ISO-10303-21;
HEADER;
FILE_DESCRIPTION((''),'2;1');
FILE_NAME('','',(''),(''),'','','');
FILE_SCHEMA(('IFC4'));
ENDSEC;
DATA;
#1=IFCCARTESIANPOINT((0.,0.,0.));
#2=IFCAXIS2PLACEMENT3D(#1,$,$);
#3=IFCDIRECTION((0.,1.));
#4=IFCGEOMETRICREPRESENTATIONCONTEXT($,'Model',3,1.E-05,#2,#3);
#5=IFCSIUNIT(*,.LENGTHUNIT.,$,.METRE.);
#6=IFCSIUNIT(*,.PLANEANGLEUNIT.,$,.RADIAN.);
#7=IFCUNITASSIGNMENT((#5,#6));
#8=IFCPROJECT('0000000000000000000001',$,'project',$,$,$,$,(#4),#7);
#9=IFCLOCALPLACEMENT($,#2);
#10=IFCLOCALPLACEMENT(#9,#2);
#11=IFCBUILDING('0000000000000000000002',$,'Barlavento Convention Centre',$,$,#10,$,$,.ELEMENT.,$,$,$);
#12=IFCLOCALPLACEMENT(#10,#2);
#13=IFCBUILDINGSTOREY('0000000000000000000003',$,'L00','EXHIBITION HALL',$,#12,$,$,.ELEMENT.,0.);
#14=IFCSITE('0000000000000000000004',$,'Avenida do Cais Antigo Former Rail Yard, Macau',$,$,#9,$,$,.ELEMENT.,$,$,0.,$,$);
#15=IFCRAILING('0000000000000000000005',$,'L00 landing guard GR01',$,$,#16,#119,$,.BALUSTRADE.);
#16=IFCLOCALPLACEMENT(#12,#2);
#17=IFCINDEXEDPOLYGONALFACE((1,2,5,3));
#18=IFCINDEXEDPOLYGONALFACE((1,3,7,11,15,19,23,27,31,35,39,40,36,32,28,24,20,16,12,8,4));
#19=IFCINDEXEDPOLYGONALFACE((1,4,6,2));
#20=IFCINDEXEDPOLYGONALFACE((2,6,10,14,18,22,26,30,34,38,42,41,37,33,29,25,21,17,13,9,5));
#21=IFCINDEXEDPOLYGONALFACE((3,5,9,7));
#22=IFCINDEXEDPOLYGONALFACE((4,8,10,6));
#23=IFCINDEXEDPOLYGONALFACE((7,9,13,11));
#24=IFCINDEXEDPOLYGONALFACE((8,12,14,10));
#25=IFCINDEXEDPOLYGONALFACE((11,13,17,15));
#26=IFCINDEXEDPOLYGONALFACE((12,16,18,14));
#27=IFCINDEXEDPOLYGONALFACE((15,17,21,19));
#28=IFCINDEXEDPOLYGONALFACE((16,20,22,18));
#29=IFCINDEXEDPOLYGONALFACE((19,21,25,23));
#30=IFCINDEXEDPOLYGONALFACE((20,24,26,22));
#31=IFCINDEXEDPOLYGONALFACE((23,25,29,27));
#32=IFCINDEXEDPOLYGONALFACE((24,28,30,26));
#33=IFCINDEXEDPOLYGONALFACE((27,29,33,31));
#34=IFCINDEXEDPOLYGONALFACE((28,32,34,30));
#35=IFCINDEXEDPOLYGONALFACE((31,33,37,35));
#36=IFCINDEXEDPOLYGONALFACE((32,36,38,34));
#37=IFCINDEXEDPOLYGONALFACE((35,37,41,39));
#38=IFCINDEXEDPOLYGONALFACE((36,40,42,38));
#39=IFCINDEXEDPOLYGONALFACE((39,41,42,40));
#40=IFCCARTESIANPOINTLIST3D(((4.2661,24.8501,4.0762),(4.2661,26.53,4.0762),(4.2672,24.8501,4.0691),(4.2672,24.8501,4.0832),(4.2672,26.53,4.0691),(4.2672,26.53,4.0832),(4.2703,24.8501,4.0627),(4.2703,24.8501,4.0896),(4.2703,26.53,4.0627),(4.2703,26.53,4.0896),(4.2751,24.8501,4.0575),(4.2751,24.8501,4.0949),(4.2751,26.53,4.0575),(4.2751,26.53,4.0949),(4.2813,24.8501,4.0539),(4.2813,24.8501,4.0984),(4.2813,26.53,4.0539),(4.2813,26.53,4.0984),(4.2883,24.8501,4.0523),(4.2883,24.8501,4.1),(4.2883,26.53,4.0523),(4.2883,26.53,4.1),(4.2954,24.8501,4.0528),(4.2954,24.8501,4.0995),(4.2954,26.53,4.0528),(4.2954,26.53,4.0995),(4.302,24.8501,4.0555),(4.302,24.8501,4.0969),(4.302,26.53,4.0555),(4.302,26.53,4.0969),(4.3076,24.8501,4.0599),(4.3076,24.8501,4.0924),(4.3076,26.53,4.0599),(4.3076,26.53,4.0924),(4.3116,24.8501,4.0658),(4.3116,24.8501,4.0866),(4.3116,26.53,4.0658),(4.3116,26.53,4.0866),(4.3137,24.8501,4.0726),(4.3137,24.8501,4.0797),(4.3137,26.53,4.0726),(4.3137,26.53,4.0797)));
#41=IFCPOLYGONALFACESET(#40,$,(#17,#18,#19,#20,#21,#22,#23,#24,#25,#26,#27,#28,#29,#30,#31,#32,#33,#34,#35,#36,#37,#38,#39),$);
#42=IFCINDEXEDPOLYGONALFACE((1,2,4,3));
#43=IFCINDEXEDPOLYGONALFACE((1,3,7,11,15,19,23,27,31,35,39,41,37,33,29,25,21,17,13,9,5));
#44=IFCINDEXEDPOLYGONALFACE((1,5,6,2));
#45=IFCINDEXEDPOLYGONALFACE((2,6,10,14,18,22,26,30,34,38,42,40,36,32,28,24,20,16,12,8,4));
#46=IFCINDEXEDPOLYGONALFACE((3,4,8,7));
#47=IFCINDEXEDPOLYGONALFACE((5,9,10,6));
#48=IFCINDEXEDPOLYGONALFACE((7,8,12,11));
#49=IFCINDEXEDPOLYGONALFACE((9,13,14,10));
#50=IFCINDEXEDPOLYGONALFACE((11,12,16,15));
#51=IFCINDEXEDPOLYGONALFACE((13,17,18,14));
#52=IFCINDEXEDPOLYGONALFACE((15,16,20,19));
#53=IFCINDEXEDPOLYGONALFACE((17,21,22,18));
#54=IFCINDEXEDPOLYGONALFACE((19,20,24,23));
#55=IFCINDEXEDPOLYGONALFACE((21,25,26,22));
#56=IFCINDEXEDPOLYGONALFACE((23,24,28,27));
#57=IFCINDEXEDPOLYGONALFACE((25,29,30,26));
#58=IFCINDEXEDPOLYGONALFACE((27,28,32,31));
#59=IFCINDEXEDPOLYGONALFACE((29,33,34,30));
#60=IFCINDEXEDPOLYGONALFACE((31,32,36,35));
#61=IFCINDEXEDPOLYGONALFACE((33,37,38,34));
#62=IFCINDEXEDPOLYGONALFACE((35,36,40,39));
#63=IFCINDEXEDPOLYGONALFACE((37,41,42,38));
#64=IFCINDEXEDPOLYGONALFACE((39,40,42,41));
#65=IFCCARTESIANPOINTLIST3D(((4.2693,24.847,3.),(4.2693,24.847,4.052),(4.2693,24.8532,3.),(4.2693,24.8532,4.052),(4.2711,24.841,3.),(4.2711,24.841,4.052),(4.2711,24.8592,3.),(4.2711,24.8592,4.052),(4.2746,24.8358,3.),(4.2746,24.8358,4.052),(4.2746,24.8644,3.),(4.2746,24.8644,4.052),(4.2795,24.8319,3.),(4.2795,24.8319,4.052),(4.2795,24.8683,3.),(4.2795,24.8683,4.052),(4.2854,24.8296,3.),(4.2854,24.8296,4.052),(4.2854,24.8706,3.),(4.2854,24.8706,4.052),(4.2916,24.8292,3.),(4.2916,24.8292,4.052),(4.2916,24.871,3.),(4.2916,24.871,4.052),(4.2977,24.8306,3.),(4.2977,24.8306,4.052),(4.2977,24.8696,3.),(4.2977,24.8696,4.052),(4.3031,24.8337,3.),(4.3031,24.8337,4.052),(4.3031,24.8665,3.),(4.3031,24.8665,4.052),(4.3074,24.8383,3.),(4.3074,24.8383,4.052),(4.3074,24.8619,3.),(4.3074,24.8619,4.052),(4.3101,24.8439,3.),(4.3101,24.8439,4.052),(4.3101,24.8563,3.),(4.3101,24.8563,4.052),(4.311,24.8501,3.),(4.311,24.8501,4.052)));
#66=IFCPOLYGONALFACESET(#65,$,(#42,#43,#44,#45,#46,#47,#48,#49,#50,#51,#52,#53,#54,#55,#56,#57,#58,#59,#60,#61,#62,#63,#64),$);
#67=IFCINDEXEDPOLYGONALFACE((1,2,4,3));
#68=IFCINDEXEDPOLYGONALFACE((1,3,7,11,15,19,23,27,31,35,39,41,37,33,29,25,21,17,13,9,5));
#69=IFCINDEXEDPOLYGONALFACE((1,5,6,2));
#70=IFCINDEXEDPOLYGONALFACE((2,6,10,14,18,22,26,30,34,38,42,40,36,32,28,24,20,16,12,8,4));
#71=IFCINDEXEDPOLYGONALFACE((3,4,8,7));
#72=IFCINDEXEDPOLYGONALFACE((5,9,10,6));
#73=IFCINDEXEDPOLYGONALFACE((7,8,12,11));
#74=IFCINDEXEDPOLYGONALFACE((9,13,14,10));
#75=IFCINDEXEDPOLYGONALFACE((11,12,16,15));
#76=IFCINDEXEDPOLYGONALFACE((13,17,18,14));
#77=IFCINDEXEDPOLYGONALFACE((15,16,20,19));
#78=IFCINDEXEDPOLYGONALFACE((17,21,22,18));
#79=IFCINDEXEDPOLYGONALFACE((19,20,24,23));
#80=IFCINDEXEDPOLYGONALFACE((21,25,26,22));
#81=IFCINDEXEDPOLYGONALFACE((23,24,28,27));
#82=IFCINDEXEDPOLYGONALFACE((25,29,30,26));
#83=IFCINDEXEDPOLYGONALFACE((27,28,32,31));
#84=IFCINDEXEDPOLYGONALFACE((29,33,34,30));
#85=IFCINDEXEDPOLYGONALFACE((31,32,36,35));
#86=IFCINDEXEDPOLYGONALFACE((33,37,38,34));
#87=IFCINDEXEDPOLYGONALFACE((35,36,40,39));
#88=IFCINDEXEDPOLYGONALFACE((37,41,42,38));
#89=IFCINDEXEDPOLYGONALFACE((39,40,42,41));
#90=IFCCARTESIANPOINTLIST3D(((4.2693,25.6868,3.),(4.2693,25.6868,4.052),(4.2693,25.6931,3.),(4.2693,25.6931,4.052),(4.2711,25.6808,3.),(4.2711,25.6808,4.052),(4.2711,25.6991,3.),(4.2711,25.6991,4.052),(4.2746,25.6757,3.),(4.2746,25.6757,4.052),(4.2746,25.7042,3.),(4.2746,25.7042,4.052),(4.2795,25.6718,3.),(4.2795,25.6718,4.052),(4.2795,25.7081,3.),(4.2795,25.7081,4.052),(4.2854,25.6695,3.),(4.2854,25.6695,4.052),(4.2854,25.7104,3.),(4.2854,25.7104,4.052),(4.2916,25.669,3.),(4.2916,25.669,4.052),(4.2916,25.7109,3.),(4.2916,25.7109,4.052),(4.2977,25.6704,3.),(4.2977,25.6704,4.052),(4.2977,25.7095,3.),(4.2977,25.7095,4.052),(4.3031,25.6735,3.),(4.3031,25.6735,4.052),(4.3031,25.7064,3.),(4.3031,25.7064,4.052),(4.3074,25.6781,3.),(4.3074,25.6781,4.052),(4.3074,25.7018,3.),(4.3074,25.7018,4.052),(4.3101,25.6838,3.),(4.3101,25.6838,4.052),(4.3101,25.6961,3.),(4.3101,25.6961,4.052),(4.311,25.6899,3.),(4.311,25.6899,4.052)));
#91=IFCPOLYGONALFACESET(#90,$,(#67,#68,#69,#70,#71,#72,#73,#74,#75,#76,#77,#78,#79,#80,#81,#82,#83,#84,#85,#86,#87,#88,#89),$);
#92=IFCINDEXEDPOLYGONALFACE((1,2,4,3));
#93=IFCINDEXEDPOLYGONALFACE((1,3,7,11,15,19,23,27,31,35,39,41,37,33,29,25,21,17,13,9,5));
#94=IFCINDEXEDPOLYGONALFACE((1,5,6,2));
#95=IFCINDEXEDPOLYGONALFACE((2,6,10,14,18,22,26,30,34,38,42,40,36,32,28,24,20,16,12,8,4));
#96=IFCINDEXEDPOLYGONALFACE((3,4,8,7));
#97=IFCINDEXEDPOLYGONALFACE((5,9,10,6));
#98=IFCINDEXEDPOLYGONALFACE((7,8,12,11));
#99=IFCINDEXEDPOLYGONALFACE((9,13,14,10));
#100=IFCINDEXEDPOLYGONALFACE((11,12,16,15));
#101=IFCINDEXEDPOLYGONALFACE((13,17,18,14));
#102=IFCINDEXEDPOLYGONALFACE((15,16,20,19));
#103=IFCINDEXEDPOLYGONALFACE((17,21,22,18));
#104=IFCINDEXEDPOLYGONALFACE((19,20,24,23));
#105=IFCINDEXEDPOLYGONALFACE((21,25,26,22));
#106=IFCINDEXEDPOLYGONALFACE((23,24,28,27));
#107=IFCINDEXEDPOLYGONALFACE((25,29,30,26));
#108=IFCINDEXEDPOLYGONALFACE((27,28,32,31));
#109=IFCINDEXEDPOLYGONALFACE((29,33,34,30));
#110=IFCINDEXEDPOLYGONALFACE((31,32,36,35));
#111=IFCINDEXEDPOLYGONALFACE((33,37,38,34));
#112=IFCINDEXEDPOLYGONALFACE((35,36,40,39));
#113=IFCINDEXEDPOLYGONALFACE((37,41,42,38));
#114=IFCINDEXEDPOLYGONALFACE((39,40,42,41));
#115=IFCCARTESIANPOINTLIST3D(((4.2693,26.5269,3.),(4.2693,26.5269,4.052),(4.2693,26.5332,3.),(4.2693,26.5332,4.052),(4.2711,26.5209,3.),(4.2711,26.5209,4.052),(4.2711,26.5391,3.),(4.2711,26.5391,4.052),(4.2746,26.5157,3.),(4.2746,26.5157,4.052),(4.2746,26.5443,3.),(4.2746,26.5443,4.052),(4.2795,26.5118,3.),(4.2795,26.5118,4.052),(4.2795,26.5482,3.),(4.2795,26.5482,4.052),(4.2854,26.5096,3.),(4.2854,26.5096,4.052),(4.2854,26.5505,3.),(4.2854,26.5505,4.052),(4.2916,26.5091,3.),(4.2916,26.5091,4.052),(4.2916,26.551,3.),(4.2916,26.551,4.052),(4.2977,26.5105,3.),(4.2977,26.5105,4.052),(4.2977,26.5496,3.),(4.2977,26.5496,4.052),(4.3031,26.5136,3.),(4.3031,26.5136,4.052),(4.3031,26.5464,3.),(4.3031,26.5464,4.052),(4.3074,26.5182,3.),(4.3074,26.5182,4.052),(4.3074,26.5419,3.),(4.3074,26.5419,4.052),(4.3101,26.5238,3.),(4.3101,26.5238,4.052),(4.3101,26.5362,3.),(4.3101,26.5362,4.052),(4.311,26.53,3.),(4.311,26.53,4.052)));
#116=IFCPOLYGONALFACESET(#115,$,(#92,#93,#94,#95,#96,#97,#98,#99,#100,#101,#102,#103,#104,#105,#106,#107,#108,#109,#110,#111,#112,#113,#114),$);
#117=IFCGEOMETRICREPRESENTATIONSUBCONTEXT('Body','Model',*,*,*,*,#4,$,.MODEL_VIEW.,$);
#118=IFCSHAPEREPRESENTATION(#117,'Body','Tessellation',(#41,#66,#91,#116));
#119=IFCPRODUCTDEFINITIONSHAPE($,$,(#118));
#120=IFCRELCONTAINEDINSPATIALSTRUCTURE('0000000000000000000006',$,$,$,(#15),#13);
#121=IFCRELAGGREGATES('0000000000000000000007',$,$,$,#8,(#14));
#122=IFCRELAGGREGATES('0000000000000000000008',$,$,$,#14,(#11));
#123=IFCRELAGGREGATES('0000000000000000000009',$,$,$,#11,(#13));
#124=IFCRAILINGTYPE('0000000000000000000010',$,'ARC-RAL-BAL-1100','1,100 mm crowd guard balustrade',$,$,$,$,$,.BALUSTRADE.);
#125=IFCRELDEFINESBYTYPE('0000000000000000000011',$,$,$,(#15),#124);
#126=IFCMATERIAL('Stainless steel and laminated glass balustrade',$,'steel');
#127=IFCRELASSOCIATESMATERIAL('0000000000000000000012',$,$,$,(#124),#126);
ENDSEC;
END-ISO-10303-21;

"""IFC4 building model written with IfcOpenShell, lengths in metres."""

from ifc_helpers import new_model, si_unit, direction, frame, origin, origin_2d, place, context, subcontext, project, spatial, circle, extrude, material, type_object, element, save


model = new_model("IFC4")

# Units and contexts
model_context = context("Model", 3, precision=1e-05, world=origin(), true_north=direction((0.0, 1.0)))
body_context = subcontext(model_context, "Body", "Model", "MODEL_VIEW")
ifc_project = project(units=[si_unit("LENGTHUNIT", "METRE"), si_unit("PLANEANGLEUNIT", "RADIAN")], contexts=[model_context])

# Site, building, storey
site_placement = place(None, origin())
site = spatial("IfcSite", under=ifc_project, at=site_placement, Name="Avenida do Cais Antigo Former Rail Yard, Macau", CompositionType="ELEMENT", RefElevation=0.0)
building_placement = place(site_placement, origin())
building = spatial("IfcBuilding", under=site, at=building_placement, Name="Barlavento Convention Centre", CompositionType="ELEMENT")
storey_placement = place(building_placement, origin())
storey = spatial("IfcBuildingStorey", under=building, at=storey_placement, Name="L00", Description="EXHIBITION HALL", CompositionType="ELEMENT", Elevation=0.0)

# Railing
ifc_material_1 = material(Name="Stainless steel and laminated glass balustrade", Category="steel")
railing_type = type_object("IfcRailingType", Name="ARC-RAL-BAL-1100", Description="1,100 mm crowd guard balustrade", PredefinedType="BALUSTRADE", material=ifc_material_1)
railing_placement = place(storey_placement, frame((4.29, 24.8501, 3.0)))
element("IfcRailing", 1, at=railing_placement, inside=storey, type_object=railing_type, Name="L00 landing guard GR01", PredefinedType="BALUSTRADE", context=body_context, shape_type="SweptSolid", body=[
    extrude(circle(Radius=0.0239, at=origin_2d()), frame((0.0, 0.0, 1.0762), z_axis=(0.0, 1.0, 0.0), x_axis=(-1.0, 0.0, 0.0)), (0.0, 0.0, 1.0), 1.6799),
    extrude(circle(Radius=0.021, at=origin_2d()), origin(), (0.0, 0.0, 1.0), 1.052),
    extrude(circle(Radius=0.021, at=origin_2d()), frame((0.0, 0.8398, 0.0)), (0.0, 0.0, 1.0), 1.052),
    extrude(circle(Radius=0.021, at=origin_2d()), frame((0.0, 1.6799, 0.0)), (0.0, 0.0, 1.0), 1.052),
])

save(model, "model.ifc")
